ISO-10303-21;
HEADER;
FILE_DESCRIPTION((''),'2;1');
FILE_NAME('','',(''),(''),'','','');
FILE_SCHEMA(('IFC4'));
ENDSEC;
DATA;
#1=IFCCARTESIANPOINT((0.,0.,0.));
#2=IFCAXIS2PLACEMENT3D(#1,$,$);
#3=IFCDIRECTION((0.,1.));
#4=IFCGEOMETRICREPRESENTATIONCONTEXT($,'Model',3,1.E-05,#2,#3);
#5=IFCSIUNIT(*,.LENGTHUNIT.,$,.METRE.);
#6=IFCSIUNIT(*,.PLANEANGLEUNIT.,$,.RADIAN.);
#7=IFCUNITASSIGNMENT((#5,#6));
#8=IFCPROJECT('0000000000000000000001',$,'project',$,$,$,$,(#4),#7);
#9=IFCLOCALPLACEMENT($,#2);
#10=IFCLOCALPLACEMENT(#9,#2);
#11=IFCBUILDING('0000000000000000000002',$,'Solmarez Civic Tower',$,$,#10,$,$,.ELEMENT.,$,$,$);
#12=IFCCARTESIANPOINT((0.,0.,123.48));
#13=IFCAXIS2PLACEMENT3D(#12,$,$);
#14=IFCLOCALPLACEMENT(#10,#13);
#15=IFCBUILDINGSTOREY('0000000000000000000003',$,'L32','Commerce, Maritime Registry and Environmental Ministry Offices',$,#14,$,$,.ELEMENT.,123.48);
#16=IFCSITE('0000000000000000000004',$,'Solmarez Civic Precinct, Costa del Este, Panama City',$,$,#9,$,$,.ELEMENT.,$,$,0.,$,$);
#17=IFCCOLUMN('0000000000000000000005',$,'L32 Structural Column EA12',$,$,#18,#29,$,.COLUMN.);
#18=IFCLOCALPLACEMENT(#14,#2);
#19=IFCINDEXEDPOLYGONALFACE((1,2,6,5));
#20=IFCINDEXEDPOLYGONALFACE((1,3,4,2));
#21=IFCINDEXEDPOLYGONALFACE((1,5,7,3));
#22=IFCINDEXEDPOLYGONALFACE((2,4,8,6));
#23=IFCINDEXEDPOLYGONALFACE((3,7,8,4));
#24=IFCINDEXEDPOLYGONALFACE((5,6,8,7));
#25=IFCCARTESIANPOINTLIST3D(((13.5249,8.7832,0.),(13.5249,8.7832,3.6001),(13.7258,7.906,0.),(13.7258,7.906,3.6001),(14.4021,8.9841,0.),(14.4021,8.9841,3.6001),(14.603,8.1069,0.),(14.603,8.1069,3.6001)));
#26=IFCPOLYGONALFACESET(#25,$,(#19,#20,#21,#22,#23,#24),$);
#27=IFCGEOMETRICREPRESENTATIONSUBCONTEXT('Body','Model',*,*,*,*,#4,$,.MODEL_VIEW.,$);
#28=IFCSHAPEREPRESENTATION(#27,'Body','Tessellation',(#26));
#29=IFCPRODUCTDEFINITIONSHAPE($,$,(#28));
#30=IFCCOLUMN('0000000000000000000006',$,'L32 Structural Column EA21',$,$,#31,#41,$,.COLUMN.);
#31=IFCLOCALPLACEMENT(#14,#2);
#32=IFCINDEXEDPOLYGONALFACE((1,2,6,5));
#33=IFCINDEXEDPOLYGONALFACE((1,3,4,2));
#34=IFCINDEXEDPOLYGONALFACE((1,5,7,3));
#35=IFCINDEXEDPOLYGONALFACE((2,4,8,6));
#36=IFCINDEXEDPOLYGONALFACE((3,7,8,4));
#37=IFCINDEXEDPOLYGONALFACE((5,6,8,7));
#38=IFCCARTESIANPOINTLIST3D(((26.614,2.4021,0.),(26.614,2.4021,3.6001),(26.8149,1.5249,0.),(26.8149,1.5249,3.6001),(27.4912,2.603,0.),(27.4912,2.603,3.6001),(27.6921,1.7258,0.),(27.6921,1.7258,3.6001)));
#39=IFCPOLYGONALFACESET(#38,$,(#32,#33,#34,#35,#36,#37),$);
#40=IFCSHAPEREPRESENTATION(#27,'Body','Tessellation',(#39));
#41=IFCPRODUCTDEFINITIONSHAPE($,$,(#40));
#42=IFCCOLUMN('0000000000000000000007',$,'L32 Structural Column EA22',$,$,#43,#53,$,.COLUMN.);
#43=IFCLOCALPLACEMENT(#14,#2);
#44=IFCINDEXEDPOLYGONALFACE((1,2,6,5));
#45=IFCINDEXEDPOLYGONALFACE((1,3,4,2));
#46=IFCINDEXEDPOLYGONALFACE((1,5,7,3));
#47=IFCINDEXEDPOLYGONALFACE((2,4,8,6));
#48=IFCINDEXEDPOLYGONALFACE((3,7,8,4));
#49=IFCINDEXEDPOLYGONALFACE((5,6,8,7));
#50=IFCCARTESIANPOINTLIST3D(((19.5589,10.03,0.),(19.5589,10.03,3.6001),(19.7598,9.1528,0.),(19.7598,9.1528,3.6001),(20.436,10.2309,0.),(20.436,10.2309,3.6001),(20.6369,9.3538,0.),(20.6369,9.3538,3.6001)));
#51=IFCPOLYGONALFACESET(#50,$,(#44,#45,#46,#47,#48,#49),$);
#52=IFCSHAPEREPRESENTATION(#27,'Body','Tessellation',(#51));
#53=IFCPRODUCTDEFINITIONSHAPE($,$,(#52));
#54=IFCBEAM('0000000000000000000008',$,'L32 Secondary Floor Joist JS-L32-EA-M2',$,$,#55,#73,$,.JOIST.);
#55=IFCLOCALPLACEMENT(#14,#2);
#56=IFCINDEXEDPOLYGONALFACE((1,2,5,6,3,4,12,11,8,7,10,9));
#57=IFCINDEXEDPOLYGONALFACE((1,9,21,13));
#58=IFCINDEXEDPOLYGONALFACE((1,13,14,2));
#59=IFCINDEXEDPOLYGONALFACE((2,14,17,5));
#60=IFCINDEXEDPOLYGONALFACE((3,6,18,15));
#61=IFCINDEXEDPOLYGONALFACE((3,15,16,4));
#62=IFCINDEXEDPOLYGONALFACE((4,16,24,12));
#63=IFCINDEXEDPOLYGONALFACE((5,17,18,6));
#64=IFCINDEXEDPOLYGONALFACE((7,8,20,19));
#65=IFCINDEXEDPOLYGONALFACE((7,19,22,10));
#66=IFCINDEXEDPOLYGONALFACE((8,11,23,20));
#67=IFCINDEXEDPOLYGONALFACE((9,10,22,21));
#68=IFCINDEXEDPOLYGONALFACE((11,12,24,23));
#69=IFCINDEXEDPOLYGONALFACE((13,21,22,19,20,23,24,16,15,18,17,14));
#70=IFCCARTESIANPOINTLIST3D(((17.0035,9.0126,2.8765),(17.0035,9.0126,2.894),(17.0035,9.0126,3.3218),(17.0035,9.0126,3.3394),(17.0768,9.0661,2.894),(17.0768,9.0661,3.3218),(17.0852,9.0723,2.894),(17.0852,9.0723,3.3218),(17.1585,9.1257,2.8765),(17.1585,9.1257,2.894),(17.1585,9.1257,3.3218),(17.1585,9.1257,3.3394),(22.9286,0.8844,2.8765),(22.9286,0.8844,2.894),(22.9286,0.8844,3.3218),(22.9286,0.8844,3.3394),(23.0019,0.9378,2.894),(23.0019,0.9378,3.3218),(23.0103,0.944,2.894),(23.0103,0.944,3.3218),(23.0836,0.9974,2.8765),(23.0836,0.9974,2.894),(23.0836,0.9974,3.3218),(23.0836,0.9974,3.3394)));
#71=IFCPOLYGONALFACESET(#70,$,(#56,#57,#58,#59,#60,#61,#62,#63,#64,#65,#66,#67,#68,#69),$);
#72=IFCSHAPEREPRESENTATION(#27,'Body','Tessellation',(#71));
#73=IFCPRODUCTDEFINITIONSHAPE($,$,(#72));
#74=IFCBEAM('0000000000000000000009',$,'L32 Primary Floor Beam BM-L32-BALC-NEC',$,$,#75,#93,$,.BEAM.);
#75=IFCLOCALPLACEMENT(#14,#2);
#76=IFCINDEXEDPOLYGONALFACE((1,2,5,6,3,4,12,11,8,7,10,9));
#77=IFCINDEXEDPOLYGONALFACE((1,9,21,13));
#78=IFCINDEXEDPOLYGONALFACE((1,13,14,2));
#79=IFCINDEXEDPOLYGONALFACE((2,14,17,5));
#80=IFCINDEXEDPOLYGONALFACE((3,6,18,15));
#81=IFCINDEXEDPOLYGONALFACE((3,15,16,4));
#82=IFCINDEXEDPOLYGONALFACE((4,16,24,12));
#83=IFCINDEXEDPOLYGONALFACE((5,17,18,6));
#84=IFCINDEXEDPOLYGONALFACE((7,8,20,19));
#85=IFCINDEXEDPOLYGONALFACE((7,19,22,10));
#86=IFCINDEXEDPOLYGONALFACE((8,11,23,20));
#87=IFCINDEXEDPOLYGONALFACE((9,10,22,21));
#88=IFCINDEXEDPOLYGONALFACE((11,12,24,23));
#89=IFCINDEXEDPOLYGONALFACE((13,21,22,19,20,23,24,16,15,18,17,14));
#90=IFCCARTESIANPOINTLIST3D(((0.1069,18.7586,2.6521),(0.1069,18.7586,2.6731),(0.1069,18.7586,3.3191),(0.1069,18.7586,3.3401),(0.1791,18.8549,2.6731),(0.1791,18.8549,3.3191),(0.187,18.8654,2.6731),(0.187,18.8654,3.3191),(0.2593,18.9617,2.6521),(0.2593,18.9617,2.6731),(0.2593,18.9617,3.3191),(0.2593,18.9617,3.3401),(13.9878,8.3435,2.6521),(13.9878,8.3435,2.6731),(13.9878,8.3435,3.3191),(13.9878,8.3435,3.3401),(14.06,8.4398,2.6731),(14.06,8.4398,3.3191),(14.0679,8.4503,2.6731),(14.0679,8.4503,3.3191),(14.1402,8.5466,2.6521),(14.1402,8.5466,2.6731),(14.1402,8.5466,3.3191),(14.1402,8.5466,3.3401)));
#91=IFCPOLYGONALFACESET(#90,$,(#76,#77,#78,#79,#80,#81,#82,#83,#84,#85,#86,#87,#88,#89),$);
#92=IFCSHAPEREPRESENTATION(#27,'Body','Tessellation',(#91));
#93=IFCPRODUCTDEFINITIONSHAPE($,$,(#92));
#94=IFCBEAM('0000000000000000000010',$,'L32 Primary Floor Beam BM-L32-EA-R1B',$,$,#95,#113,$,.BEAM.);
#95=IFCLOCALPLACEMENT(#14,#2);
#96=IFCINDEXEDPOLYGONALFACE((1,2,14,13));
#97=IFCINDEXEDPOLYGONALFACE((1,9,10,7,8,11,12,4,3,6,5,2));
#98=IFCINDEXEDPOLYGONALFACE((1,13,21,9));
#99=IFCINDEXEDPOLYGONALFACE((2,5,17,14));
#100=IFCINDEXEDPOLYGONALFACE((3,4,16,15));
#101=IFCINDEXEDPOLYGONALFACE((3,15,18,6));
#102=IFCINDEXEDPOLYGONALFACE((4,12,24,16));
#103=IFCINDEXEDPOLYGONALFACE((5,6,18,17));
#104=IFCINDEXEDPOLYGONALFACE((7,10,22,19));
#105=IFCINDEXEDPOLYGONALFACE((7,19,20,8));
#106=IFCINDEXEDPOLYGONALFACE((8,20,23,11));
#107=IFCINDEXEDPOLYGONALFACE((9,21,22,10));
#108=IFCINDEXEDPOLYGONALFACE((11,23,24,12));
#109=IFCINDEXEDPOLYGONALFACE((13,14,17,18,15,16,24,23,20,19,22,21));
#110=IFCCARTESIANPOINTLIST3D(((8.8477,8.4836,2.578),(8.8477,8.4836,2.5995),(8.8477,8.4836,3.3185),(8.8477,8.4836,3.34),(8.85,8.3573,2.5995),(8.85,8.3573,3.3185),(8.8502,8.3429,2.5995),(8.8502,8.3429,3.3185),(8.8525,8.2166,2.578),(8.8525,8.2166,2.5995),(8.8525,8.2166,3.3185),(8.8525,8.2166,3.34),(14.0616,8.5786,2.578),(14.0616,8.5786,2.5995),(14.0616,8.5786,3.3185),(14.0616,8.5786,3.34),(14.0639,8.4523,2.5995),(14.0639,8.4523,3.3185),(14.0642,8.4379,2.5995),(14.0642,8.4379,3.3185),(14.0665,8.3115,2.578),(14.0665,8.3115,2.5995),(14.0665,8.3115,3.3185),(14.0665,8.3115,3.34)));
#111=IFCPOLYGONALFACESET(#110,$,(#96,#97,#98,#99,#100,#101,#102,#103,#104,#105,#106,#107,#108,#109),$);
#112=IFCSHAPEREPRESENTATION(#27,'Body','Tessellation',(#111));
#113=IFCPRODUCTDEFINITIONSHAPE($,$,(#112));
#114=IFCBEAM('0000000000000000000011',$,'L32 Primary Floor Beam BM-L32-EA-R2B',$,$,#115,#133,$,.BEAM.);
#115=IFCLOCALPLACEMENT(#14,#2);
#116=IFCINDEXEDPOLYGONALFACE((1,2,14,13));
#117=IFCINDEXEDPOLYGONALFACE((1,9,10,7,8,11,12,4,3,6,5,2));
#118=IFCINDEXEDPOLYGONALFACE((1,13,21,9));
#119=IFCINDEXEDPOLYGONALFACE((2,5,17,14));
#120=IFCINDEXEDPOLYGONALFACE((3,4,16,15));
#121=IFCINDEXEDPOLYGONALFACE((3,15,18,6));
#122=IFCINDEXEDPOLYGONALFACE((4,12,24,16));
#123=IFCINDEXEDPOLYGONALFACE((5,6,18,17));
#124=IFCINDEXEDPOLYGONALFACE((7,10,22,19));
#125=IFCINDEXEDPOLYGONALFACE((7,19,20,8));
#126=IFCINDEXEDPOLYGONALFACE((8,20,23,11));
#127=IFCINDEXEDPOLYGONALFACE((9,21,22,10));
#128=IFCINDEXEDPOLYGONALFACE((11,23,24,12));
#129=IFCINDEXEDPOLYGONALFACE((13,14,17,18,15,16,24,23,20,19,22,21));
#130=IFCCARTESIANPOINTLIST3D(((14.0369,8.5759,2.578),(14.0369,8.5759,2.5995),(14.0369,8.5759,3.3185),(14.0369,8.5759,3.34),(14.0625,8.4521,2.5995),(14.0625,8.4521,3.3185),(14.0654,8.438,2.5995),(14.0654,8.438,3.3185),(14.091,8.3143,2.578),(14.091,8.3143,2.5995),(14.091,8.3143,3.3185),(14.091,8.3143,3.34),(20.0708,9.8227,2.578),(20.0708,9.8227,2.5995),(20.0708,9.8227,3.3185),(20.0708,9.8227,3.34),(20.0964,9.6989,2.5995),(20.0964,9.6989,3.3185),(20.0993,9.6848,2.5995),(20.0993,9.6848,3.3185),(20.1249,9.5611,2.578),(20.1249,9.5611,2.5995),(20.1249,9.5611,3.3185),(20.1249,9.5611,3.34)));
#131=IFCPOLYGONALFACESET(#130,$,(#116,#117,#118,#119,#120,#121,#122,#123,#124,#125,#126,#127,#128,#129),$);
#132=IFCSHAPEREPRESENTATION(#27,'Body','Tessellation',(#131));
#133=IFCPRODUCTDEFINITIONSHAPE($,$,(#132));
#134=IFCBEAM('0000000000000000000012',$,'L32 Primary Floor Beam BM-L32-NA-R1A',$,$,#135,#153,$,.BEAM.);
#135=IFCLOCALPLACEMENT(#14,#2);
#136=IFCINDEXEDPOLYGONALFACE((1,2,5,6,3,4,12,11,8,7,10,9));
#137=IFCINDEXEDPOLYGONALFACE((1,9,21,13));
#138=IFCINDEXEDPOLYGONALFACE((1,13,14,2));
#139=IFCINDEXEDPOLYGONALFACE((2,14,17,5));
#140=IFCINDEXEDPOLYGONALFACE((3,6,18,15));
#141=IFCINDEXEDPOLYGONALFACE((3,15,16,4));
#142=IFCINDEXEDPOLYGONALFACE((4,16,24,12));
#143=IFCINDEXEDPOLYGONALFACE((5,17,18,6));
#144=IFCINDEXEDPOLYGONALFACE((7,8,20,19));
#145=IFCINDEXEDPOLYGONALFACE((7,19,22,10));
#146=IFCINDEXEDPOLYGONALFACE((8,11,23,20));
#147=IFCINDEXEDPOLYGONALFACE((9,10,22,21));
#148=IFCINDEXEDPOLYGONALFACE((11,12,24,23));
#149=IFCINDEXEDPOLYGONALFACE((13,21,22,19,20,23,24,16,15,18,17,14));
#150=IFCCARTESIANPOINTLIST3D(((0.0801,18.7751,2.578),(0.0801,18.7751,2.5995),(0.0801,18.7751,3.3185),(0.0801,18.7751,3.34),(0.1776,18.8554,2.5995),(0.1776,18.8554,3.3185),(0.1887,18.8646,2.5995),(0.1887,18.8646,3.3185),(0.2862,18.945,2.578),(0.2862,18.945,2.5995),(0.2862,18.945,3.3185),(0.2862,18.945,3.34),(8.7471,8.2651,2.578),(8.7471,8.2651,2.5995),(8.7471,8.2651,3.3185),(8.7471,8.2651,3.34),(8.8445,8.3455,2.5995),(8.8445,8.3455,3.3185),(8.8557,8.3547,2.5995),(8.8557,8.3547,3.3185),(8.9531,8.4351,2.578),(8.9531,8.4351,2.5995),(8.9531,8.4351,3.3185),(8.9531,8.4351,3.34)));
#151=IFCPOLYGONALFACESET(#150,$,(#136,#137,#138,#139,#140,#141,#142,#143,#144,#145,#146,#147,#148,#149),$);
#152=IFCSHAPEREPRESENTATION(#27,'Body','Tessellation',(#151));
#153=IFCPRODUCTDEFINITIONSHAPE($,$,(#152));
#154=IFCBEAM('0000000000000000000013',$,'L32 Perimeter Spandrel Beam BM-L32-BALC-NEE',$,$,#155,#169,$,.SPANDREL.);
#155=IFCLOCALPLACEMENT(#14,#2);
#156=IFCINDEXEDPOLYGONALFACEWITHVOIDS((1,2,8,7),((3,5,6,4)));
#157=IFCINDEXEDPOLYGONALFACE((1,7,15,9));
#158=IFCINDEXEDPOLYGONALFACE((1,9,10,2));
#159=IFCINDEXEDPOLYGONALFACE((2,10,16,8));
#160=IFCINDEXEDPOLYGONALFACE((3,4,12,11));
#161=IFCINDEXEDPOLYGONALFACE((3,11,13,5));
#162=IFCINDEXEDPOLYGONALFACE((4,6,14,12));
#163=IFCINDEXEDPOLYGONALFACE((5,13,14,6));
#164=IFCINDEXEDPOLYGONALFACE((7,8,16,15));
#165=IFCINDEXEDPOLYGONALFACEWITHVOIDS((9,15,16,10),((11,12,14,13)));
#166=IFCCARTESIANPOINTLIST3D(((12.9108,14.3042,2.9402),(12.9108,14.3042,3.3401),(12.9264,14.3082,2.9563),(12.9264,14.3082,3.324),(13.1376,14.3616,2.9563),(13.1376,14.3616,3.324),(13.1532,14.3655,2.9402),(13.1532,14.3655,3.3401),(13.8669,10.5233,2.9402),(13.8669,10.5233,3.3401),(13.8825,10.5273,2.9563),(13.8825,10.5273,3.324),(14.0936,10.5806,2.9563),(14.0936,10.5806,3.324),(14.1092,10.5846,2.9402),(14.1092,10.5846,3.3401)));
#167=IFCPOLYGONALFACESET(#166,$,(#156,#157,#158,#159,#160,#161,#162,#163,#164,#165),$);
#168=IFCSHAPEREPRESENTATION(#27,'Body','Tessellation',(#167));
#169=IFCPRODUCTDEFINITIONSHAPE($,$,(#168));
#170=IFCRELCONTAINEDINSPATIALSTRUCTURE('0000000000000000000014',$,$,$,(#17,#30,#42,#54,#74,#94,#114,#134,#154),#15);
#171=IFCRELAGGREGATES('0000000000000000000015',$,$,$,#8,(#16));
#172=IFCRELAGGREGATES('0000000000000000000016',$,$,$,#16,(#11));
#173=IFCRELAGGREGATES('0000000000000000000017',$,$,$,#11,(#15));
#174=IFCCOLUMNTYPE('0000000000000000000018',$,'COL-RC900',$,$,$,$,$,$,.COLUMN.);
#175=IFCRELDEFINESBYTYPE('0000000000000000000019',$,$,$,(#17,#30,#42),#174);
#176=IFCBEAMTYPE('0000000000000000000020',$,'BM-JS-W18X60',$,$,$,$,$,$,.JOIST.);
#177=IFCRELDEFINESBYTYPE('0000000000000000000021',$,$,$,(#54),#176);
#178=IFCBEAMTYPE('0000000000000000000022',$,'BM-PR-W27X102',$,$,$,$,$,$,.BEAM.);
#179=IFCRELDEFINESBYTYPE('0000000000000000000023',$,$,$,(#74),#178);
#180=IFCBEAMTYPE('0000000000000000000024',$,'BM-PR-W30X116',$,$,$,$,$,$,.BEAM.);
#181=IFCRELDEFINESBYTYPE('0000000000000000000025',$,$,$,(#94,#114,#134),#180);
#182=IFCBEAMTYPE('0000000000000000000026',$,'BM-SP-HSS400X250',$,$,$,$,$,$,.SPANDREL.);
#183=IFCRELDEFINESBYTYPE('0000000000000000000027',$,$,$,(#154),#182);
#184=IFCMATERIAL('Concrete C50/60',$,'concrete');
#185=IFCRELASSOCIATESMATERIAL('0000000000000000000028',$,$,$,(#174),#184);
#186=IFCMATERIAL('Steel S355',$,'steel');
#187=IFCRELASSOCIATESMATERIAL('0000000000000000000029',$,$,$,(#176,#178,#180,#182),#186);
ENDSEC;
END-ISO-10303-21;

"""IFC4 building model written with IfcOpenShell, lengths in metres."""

from ifc_helpers import new_model, si_unit, direction, frame, origin, origin_2d, place, context, subcontext, project, spatial, rectangle, hollow_rectangle, i_section, extrude, material, material_profile, profile_set, type_object, element, save


model = new_model("IFC4")

# Units and contexts
model_context = context("Model", 3, precision=1e-05, world=origin(), true_north=direction((0.0, 1.0)))
body_context = subcontext(model_context, "Body", "Model", "MODEL_VIEW")
ifc_project = project(units=[si_unit("LENGTHUNIT", "METRE"), si_unit("PLANEANGLEUNIT", "RADIAN")], contexts=[model_context])

# Site, building, storey
site_placement = place(None, origin())
site = spatial("IfcSite", under=ifc_project, at=site_placement, Name="Solmarez Civic Precinct, Costa del Este, Panama City", CompositionType="ELEMENT", RefElevation=0.0)
building_placement = place(site_placement, origin())
building = spatial("IfcBuilding", under=site, at=building_placement, Name="Solmarez Civic Tower", CompositionType="ELEMENT")
storey_placement = place(building_placement, frame((0.0, 0.0, 123.48)))
storey = spatial("IfcBuildingStorey", under=building, at=storey_placement, Name="L32", Description="Commerce, Maritime Registry and Environmental Ministry Offices", CompositionType="ELEMENT", Elevation=123.48)

# Columns
ifc_material_1 = material(Name="Concrete C50/60", Category="concrete")
ifc_material_profile_1 = material_profile(ifc_material_1, rectangle(XDim=0.8999, YDim=0.8999, at=origin_2d()), Name="RC900X900")
ifc_profile_set_1 = profile_set([ifc_material_profile_1], Name="Concrete C50/60")
column_type = type_object("IfcColumnType", Name="COL-RC900", PredefinedType="COLUMN", material=ifc_profile_set_1)
for number, where, z_axis, x_axis, name in (
    (1, (14.064, 8.4451, 0.0), (0.0, 0.0, 1.0), (0.974761, 0.22325, 0.0), "L32 Structural Column EA12"),
    (2, (27.1531, 2.064, 0.0), (0.0, 0.0, 1.0), (0.974761, 0.22325, 0.0), "L32 Structural Column EA21"),
    (3, (20.0979, 9.6919, 0.0), (0.0, 0.0, 1.0), (0.974761, 0.22325, 0.0), "L32 Structural Column EA22"),
):
    element("IfcColumn", number, at=place(storey_placement, frame(where, z_axis=z_axis, x_axis=x_axis)), inside=storey, type_object=column_type, Name=name, PredefinedType="COLUMN", context=body_context, shape_type="SweptSolid", body=[
        extrude(rectangle(XDim=0.8999, YDim=0.8999, at=origin_2d()), origin(), (0.0, 0.0, 1.0), 3.6001),
    ])

# Beams
ifc_material_2 = material(Name="Steel S355", Category="steel")
ifc_material_profile_2 = material_profile(ifc_material_2, i_section(OverallWidth=0.1919, OverallDepth=0.4629, WebThickness=0.0105, FlangeThickness=0.0176, at=origin_2d()), Name="W18X60")
ifc_profile_set_2 = profile_set([ifc_material_profile_2], Name="Steel S355")
beam_type_1 = type_object("IfcBeamType", Name="BM-JS-W18X60", PredefinedType="JOIST", material=ifc_profile_set_2)
beam_1_placement = place(storey_placement, frame((23.0061, 0.9409, 3.1079), z_axis=(-0.589059, 0.80809, 0.0), x_axis=(-0.80809, -0.589059, 0.0)))
element("IfcBeam", 4, at=beam_1_placement, inside=storey, type_object=beam_type_1, Name="L32 Secondary Floor Joist JS-L32-EA-M2", PredefinedType="JOIST", context=body_context, shape_type="SweptSolid", body=[
    extrude(i_section(OverallWidth=0.1919, OverallDepth=0.4629, WebThickness=0.0105, FlangeThickness=0.0176, at=origin_2d()), origin(), (0.0, 0.0, 1.0), 10.0586),
])
ifc_material_profile_3 = material_profile(ifc_material_2, i_section(OverallWidth=0.2539, OverallDepth=0.688, WebThickness=0.0132, FlangeThickness=0.021, at=origin_2d()), Name="W27X102")
ifc_profile_set_3 = profile_set([ifc_material_profile_3], Name="Steel S355")
beam_type_2 = type_object("IfcBeamType", Name="BM-PR-W27X102", PredefinedType="BEAM", material=ifc_profile_set_3)
beam_2_placement = place(storey_placement, frame((14.064, 8.4451, 2.9961), z_axis=(-0.799878, 0.600162, 0.0), x_axis=(-0.600162, -0.799878, 0.0)))
element("IfcBeam", 5, at=beam_2_placement, inside=storey, type_object=beam_type_2, Name="L32 Primary Floor Beam BM-L32-BALC-NEC", PredefinedType="BEAM", context=body_context, shape_type="SweptSolid", body=[
    extrude(i_section(OverallWidth=0.2539, OverallDepth=0.688, WebThickness=0.0132, FlangeThickness=0.021, at=origin_2d()), origin(), (0.0, 0.0, 1.0), 17.3538),
])
ifc_material_profile_4 = material_profile(ifc_material_2, i_section(OverallWidth=0.2671, OverallDepth=0.762, WebThickness=0.0144, FlangeThickness=0.0215, at=origin_2d()), Name="W30X116")
ifc_profile_set_4 = profile_set([ifc_material_profile_4], Name="Steel S355")
beam_type_3 = type_object("IfcBeamType", Name="BM-PR-W30X116", PredefinedType="BEAM", material=ifc_profile_set_4)
beam_3_placement = place(storey_placement, frame((8.8501, 8.3501, 2.959), z_axis=(0.999834, 0.018212, 0.0), x_axis=(-0.018212, 0.999834, 0.0)))
element("IfcBeam", 6, at=beam_3_placement, inside=storey, type_object=beam_type_3, Name="L32 Primary Floor Beam BM-L32-EA-R1B", PredefinedType="BEAM", context=body_context, shape_type="SweptSolid", body=[
    extrude(i_section(OverallWidth=0.2671, OverallDepth=0.762, WebThickness=0.0144, FlangeThickness=0.0215, at=origin_2d()), origin(), (0.0, 0.0, 1.0), 5.2148),
])
beam_4_placement = place(storey_placement, frame((14.064, 8.4451, 2.959), z_axis=(0.979311, 0.202361, 0.0), x_axis=(-0.202361, 0.979311, 0.0)))
element("IfcBeam", 7, at=beam_4_placement, inside=storey, type_object=beam_type_3, Name="L32 Primary Floor Beam BM-L32-EA-R2B", PredefinedType="BEAM", context=body_context, shape_type="SweptSolid", body=[
    extrude(i_section(OverallWidth=0.2671, OverallDepth=0.762, WebThickness=0.0144, FlangeThickness=0.0215, at=origin_2d()), origin(), (0.0, 0.0, 1.0), 6.1614),
])
beam_5_placement = place(storey_placement, frame((8.8501, 8.3501, 2.959), z_axis=(-0.636218, 0.771509, 0.0), x_axis=(-0.771509, -0.636218, 0.0)))
element("IfcBeam", 8, at=beam_5_placement, inside=storey, type_object=beam_type_3, Name="L32 Primary Floor Beam BM-L32-NA-R1A", PredefinedType="BEAM", context=body_context, shape_type="SweptSolid", body=[
    extrude(i_section(OverallWidth=0.2671, OverallDepth=0.762, WebThickness=0.0144, FlangeThickness=0.0215, at=origin_2d()), origin(), (0.0, 0.0, 1.0), 13.6226),
])
ifc_material_profile_5 = material_profile(ifc_material_2, hollow_rectangle(XDim=0.25, YDim=0.3999, WallThickness=0.0161, at=origin_2d()), Name="HSS400X250X16")
ifc_profile_set_5 = profile_set([ifc_material_profile_5], Name="Steel S355")
beam_type_4 = type_object("IfcBeamType", Name="BM-SP-HSS400X250", PredefinedType="SPANDREL", material=ifc_profile_set_5)
beam_6_placement = place(storey_placement, frame((13.988, 10.554, 3.1401), z_axis=(-0.245142, 0.969487, 0.0), x_axis=(-0.969487, -0.245142, 0.0)))
element("IfcBeam", 9, at=beam_6_placement, inside=storey, type_object=beam_type_4, Name="L32 Perimeter Spandrel Beam BM-L32-BALC-NEE", PredefinedType="SPANDREL", context=body_context, shape_type="SweptSolid", body=[
    extrude(hollow_rectangle(XDim=0.25, YDim=0.3999, WallThickness=0.0161, at=origin_2d()), origin(), (0.0, 0.0, 1.0), 3.8999),
])

save(model, "model.ifc")
